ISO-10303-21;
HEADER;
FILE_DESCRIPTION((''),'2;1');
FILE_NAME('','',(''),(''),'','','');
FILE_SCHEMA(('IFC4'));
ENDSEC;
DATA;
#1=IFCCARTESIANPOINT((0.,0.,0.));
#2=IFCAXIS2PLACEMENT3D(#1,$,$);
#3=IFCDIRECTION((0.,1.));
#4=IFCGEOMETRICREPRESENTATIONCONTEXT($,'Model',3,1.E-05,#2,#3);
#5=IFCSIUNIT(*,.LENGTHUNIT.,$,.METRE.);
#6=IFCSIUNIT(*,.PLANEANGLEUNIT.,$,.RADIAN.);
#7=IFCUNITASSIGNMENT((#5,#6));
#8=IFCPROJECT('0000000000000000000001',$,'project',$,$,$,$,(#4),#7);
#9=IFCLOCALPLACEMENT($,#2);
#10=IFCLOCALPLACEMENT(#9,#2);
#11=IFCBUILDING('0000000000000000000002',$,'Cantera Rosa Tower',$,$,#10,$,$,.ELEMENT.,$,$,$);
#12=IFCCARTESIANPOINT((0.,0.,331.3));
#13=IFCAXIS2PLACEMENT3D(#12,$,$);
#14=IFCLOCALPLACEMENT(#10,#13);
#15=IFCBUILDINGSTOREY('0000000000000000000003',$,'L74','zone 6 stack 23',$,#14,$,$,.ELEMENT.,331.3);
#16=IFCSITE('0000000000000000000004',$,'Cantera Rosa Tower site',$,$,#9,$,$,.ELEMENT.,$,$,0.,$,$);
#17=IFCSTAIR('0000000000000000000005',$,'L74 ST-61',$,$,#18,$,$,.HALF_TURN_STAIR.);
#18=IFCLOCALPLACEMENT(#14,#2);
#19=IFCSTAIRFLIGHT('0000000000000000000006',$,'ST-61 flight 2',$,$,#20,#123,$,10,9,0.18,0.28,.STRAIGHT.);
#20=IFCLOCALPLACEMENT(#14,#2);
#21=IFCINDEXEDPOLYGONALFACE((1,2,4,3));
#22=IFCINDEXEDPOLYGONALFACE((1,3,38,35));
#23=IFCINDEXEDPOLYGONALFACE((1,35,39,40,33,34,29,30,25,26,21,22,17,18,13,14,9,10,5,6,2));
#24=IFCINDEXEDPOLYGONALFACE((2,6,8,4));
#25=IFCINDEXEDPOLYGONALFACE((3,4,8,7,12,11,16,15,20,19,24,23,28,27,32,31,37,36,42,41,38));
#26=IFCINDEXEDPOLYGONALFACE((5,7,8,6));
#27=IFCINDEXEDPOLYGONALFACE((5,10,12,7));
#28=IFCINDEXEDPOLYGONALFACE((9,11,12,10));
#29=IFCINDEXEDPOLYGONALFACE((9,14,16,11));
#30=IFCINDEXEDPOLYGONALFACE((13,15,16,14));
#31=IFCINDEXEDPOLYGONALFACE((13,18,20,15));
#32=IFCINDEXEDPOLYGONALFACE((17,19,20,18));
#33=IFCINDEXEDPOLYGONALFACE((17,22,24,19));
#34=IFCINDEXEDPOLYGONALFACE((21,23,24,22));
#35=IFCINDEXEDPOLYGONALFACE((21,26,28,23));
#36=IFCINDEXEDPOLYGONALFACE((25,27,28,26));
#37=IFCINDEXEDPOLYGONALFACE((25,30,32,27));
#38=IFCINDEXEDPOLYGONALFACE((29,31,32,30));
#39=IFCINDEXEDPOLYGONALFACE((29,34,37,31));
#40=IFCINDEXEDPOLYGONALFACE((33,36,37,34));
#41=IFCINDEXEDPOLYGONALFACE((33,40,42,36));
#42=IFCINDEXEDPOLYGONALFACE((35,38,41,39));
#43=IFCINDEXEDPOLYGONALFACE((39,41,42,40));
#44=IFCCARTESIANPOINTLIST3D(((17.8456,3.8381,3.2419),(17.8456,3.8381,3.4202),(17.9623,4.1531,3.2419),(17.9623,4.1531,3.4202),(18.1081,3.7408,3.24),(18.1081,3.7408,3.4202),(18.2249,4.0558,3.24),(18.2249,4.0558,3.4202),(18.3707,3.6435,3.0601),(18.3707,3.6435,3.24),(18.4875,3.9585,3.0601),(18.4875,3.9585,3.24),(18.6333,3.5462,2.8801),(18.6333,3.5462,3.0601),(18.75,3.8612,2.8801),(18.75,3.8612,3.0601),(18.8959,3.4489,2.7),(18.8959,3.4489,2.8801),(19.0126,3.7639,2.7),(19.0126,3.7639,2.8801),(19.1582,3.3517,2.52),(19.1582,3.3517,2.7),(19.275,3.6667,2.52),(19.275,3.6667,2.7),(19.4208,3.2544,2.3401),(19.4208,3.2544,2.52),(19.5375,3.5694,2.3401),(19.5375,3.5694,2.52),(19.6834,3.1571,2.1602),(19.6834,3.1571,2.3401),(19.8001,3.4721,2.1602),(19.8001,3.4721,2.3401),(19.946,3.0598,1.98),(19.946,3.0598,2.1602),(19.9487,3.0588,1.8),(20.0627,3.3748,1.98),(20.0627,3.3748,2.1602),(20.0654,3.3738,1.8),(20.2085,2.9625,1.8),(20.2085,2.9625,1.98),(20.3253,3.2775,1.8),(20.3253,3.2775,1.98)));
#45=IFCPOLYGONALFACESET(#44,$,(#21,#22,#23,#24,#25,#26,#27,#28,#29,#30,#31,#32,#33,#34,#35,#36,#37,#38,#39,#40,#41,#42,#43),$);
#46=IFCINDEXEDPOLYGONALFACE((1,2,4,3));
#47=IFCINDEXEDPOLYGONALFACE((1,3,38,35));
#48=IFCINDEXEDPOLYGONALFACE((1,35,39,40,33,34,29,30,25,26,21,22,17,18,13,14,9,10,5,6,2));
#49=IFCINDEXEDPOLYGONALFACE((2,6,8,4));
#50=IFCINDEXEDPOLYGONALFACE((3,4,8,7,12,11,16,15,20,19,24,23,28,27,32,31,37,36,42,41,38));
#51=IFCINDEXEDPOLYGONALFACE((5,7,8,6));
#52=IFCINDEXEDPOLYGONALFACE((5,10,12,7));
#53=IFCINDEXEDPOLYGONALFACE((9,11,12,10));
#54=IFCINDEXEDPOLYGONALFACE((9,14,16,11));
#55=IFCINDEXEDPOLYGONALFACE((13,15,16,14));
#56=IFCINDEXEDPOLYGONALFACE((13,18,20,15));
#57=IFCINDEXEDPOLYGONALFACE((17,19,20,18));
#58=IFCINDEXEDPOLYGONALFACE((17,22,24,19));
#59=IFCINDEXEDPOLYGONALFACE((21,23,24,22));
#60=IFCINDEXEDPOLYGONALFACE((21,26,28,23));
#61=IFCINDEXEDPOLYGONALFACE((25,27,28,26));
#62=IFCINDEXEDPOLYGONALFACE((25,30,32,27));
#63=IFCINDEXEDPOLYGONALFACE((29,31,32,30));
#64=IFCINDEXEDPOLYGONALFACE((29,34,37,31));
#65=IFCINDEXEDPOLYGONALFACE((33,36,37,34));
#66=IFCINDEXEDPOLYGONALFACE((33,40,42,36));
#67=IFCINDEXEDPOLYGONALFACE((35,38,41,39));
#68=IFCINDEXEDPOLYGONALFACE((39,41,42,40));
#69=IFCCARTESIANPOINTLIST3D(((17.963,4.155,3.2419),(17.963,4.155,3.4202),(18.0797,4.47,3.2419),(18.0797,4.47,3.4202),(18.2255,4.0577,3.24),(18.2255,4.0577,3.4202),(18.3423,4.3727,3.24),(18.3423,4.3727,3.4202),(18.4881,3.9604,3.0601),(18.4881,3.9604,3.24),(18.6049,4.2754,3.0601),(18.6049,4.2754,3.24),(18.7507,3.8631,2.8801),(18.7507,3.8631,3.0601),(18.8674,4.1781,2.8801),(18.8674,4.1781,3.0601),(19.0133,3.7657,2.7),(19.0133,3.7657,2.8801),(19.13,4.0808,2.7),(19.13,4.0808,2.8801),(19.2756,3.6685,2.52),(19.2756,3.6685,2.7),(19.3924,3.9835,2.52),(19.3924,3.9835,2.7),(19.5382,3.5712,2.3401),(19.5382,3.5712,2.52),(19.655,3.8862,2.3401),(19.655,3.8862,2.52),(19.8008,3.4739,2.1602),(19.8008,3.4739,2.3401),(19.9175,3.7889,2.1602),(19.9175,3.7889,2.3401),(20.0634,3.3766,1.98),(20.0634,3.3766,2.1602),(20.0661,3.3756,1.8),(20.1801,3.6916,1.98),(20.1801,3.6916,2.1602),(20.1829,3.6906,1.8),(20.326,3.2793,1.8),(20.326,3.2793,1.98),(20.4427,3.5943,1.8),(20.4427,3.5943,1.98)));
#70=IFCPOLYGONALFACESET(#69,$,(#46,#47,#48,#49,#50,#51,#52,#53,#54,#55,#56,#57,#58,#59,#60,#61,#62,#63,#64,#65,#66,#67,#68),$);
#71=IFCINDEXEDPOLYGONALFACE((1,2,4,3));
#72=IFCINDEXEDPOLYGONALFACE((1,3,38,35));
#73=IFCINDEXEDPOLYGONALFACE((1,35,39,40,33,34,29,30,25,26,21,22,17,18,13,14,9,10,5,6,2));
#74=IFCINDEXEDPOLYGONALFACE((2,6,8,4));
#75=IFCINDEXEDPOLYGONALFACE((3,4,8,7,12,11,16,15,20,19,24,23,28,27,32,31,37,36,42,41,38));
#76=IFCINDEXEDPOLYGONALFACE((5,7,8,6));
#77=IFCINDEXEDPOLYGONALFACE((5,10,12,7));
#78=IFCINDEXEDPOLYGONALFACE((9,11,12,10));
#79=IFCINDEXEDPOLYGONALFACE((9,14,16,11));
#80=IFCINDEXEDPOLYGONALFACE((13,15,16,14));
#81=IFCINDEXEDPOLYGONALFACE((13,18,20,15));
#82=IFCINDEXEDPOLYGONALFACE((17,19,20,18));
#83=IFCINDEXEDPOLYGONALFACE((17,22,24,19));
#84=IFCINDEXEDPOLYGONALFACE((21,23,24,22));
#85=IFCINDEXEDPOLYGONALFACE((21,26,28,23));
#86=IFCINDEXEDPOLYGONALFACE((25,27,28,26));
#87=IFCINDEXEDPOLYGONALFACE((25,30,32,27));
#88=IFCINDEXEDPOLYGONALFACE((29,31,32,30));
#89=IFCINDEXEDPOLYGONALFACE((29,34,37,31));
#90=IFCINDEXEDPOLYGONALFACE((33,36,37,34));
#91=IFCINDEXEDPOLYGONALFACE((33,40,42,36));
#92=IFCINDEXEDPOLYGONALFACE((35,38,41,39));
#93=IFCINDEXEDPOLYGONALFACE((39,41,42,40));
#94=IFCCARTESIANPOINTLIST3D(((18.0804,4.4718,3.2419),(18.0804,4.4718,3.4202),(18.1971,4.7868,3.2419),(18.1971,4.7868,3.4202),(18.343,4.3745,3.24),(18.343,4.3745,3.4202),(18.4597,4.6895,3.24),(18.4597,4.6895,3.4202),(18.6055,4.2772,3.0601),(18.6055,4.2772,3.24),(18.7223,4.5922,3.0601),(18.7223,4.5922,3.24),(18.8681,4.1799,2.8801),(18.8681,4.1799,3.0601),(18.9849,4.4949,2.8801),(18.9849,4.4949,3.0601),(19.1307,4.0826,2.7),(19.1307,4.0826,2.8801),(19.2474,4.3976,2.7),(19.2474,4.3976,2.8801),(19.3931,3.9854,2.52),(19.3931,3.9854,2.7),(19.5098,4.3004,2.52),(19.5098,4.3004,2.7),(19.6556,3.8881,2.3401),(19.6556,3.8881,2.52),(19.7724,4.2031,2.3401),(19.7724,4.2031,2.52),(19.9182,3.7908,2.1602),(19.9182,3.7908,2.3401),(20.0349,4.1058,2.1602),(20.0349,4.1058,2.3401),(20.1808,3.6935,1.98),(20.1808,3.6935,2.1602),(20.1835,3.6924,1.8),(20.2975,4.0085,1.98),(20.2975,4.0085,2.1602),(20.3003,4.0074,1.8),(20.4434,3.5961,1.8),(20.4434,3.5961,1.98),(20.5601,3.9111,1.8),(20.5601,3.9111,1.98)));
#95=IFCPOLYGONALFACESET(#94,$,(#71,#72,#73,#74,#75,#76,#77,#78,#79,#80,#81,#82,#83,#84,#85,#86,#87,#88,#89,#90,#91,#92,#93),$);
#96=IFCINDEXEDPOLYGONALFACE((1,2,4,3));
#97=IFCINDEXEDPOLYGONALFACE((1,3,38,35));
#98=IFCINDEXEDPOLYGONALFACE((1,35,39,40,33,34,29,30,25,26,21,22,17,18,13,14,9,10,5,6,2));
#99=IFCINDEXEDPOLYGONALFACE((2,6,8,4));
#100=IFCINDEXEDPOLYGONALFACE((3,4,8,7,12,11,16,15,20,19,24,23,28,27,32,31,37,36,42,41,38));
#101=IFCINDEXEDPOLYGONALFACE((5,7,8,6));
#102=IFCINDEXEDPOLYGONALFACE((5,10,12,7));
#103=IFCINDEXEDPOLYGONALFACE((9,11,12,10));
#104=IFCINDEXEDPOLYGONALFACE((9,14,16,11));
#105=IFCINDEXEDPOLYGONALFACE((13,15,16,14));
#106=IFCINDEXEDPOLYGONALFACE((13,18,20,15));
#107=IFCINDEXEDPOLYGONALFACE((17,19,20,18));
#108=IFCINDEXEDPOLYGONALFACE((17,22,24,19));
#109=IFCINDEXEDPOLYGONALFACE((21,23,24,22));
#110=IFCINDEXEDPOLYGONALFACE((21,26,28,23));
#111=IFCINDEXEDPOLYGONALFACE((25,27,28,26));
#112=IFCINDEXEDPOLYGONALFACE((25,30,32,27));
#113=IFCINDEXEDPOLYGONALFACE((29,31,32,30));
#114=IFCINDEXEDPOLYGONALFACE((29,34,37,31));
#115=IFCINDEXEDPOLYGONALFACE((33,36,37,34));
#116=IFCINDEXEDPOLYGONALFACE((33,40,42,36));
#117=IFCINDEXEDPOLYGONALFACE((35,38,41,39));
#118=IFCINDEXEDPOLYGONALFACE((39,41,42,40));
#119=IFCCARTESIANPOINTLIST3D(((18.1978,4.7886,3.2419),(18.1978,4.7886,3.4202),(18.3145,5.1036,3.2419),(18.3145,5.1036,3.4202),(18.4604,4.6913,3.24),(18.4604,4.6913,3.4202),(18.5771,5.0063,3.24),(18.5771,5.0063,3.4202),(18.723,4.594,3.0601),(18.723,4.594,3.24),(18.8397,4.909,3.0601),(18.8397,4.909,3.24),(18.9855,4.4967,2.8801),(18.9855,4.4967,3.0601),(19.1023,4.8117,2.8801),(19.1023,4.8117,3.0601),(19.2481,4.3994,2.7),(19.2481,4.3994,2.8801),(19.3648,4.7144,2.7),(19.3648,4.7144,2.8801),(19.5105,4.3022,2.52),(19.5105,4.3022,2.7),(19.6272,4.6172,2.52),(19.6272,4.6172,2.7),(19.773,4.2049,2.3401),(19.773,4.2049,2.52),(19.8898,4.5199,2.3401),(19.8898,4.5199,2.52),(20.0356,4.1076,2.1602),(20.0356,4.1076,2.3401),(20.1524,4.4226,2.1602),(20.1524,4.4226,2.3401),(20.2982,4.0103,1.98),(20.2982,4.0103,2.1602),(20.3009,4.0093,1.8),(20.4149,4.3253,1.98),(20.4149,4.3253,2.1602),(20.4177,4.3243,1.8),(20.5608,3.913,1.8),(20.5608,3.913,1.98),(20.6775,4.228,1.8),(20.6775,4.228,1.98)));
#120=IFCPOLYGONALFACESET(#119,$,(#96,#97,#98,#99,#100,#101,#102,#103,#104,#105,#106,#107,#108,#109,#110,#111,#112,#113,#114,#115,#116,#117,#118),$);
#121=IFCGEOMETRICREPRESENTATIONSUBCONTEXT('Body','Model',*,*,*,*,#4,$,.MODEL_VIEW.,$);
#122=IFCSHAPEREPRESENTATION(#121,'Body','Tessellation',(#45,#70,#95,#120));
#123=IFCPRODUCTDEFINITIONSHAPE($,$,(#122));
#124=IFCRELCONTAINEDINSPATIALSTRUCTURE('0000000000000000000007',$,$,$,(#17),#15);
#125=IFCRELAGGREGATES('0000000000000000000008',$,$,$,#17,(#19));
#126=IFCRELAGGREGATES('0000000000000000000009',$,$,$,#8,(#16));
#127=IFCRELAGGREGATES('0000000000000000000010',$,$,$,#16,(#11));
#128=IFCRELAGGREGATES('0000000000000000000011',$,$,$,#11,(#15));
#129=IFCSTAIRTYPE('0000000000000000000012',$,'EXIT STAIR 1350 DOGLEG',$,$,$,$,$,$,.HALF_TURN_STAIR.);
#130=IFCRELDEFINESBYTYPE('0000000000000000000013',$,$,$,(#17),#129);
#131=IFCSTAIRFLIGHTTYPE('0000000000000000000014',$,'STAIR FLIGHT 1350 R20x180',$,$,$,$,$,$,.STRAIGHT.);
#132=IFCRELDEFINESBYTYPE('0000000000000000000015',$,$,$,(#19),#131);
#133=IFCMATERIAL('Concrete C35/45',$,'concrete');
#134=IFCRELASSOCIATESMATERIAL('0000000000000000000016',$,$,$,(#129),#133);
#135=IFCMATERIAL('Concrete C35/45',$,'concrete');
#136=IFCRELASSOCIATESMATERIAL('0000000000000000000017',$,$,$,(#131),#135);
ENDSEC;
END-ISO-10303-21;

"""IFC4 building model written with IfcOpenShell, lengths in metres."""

from ifc_helpers import new_model, si_unit, direction, frame, origin, place, context, subcontext, project, spatial, polyline, outline, extrude, material, type_object, element, aggregate, save


model = new_model("IFC4")

# Units and contexts
model_context = context("Model", 3, precision=1e-05, world=origin(), true_north=direction((0.0, 1.0)))
body_context = subcontext(model_context, "Body", "Model", "MODEL_VIEW")
ifc_project = project(units=[si_unit("LENGTHUNIT", "METRE"), si_unit("PLANEANGLEUNIT", "RADIAN")], contexts=[model_context])

# Site, building, storey
site_placement = place(None, origin())
site = spatial("IfcSite", under=ifc_project, at=site_placement, Name="Cantera Rosa Tower site", CompositionType="ELEMENT", RefElevation=0.0)
building_placement = place(site_placement, origin())
building = spatial("IfcBuilding", under=site, at=building_placement, Name="Cantera Rosa Tower", CompositionType="ELEMENT")
storey_placement = place(building_placement, frame((0.0, 0.0, 331.3)))
storey = spatial("IfcBuildingStorey", under=building, at=storey_placement, Name="L74", Description="zone 6 stack 23", CompositionType="ELEMENT", Elevation=331.3)

# Stair, stair flight
ifc_material_1 = material(Name="Concrete C35/45", Category="concrete")
stair_type = type_object("IfcStairType", Name="EXIT STAIR 1350 DOGLEG", PredefinedType="HALF_TURN_STAIR", material=ifc_material_1)
stair_placement = place(storey_placement, origin())
stair = element("IfcStair", 1, at=stair_placement, inside=storey, type_object=stair_type, Name="L74 ST-61", PredefinedType="HALF_TURN_STAIR")
ifc_material_2 = material(Name="Concrete C35/45", Category="concrete")
stair_flight_type = type_object("IfcStairFlightType", Name="STAIR FLIGHT 1350 R20x180", PredefinedType="STRAIGHT", material=ifc_material_2)
stair_flight_1_placement = place(storey_placement, frame((20.4431, 3.5955, 1.8), z_axis=(0.0, 0.0, 1.0), x_axis=(-0.937687, 0.347481, 0.0)))
stair_flight_1 = element("IfcStairFlight", 2, at=stair_flight_1_placement, type_object=stair_flight_type, Name="ST-61 flight 2", NumberOfRisers=10, NumberOfTreads=9, PredefinedType="STRAIGHT", RiserHeight=0.18, TreadLength=0.28, context=body_context, shape_type="SweptSolid", body=[
    extrude(outline(polyline([(0.0, 0.0), (0.0, 0.1799), (0.28, 0.1799), (0.28, 0.3601), (0.5601, 0.3601), (0.5601, 0.54), (0.8401, 0.54), (0.8401, 0.72), (1.1201, 0.72), (1.1201, 0.8999), (1.3999, 0.8999), (1.3999, 1.0801), (1.6799, 1.0801), (1.6799, 1.26), (1.96, 1.26), (1.96, 1.4399), (2.24, 1.4399), (2.24, 1.6201), (2.52, 1.6201), (2.52, 1.8), (2.52, 1.4419), (0.2771, 0.0), (0.0, 0.0)])), frame((0.0, 0.675, 0.0), z_axis=(0.0, -1.0, 0.0), x_axis=(1.0, 0.0, 0.0)), (0.0, 0.0, 1.0), 0.3359),
    extrude(outline(polyline([(0.0, 0.0), (0.0, 0.1799), (0.28, 0.1799), (0.28, 0.3601), (0.5601, 0.3601), (0.5601, 0.54), (0.8401, 0.54), (0.8401, 0.72), (1.1201, 0.72), (1.1201, 0.8999), (1.3999, 0.8999), (1.3999, 1.0801), (1.6799, 1.0801), (1.6799, 1.26), (1.96, 1.26), (1.96, 1.4399), (2.24, 1.4399), (2.24, 1.6201), (2.52, 1.6201), (2.52, 1.8), (2.52, 1.4419), (0.2771, 0.0), (0.0, 0.0)])), frame((0.0, 0.3372, 0.0), z_axis=(0.0, -1.0, 0.0), x_axis=(1.0, 0.0, 0.0)), (0.0, 0.0, 1.0), 0.3359),
    extrude(outline(polyline([(0.0, 0.0), (0.0, 0.1799), (0.28, 0.1799), (0.28, 0.3601), (0.5601, 0.3601), (0.5601, 0.54), (0.8401, 0.54), (0.8401, 0.72), (1.1201, 0.72), (1.1201, 0.8999), (1.3999, 0.8999), (1.3999, 1.0801), (1.6799, 1.0801), (1.6799, 1.26), (1.96, 1.26), (1.96, 1.4399), (2.24, 1.4399), (2.24, 1.6201), (2.52, 1.6201), (2.52, 1.8), (2.52, 1.4419), (0.2771, 0.0), (0.0, 0.0)])), frame((0.0, -0.0007, 0.0), z_axis=(0.0, -1.0, 0.0), x_axis=(1.0, 0.0, 0.0)), (0.0, 0.0, 1.0), 0.3359),
    extrude(outline(polyline([(0.0, 0.0), (0.0, 0.1799), (0.28, 0.1799), (0.28, 0.3601), (0.5601, 0.3601), (0.5601, 0.54), (0.8401, 0.54), (0.8401, 0.72), (1.1201, 0.72), (1.1201, 0.8999), (1.3999, 0.8999), (1.3999, 1.0801), (1.6799, 1.0801), (1.6799, 1.26), (1.96, 1.26), (1.96, 1.4399), (2.24, 1.4399), (2.24, 1.6201), (2.52, 1.6201), (2.52, 1.8), (2.52, 1.4419), (0.2771, 0.0), (0.0, 0.0)])), frame((0.0, -0.3386, 0.0), z_axis=(0.0, -1.0, 0.0), x_axis=(1.0, 0.0, 0.0)), (0.0, 0.0, 1.0), 0.3359),
])
aggregate(stair, [stair_flight_1])

save(model, "model.ifc")
